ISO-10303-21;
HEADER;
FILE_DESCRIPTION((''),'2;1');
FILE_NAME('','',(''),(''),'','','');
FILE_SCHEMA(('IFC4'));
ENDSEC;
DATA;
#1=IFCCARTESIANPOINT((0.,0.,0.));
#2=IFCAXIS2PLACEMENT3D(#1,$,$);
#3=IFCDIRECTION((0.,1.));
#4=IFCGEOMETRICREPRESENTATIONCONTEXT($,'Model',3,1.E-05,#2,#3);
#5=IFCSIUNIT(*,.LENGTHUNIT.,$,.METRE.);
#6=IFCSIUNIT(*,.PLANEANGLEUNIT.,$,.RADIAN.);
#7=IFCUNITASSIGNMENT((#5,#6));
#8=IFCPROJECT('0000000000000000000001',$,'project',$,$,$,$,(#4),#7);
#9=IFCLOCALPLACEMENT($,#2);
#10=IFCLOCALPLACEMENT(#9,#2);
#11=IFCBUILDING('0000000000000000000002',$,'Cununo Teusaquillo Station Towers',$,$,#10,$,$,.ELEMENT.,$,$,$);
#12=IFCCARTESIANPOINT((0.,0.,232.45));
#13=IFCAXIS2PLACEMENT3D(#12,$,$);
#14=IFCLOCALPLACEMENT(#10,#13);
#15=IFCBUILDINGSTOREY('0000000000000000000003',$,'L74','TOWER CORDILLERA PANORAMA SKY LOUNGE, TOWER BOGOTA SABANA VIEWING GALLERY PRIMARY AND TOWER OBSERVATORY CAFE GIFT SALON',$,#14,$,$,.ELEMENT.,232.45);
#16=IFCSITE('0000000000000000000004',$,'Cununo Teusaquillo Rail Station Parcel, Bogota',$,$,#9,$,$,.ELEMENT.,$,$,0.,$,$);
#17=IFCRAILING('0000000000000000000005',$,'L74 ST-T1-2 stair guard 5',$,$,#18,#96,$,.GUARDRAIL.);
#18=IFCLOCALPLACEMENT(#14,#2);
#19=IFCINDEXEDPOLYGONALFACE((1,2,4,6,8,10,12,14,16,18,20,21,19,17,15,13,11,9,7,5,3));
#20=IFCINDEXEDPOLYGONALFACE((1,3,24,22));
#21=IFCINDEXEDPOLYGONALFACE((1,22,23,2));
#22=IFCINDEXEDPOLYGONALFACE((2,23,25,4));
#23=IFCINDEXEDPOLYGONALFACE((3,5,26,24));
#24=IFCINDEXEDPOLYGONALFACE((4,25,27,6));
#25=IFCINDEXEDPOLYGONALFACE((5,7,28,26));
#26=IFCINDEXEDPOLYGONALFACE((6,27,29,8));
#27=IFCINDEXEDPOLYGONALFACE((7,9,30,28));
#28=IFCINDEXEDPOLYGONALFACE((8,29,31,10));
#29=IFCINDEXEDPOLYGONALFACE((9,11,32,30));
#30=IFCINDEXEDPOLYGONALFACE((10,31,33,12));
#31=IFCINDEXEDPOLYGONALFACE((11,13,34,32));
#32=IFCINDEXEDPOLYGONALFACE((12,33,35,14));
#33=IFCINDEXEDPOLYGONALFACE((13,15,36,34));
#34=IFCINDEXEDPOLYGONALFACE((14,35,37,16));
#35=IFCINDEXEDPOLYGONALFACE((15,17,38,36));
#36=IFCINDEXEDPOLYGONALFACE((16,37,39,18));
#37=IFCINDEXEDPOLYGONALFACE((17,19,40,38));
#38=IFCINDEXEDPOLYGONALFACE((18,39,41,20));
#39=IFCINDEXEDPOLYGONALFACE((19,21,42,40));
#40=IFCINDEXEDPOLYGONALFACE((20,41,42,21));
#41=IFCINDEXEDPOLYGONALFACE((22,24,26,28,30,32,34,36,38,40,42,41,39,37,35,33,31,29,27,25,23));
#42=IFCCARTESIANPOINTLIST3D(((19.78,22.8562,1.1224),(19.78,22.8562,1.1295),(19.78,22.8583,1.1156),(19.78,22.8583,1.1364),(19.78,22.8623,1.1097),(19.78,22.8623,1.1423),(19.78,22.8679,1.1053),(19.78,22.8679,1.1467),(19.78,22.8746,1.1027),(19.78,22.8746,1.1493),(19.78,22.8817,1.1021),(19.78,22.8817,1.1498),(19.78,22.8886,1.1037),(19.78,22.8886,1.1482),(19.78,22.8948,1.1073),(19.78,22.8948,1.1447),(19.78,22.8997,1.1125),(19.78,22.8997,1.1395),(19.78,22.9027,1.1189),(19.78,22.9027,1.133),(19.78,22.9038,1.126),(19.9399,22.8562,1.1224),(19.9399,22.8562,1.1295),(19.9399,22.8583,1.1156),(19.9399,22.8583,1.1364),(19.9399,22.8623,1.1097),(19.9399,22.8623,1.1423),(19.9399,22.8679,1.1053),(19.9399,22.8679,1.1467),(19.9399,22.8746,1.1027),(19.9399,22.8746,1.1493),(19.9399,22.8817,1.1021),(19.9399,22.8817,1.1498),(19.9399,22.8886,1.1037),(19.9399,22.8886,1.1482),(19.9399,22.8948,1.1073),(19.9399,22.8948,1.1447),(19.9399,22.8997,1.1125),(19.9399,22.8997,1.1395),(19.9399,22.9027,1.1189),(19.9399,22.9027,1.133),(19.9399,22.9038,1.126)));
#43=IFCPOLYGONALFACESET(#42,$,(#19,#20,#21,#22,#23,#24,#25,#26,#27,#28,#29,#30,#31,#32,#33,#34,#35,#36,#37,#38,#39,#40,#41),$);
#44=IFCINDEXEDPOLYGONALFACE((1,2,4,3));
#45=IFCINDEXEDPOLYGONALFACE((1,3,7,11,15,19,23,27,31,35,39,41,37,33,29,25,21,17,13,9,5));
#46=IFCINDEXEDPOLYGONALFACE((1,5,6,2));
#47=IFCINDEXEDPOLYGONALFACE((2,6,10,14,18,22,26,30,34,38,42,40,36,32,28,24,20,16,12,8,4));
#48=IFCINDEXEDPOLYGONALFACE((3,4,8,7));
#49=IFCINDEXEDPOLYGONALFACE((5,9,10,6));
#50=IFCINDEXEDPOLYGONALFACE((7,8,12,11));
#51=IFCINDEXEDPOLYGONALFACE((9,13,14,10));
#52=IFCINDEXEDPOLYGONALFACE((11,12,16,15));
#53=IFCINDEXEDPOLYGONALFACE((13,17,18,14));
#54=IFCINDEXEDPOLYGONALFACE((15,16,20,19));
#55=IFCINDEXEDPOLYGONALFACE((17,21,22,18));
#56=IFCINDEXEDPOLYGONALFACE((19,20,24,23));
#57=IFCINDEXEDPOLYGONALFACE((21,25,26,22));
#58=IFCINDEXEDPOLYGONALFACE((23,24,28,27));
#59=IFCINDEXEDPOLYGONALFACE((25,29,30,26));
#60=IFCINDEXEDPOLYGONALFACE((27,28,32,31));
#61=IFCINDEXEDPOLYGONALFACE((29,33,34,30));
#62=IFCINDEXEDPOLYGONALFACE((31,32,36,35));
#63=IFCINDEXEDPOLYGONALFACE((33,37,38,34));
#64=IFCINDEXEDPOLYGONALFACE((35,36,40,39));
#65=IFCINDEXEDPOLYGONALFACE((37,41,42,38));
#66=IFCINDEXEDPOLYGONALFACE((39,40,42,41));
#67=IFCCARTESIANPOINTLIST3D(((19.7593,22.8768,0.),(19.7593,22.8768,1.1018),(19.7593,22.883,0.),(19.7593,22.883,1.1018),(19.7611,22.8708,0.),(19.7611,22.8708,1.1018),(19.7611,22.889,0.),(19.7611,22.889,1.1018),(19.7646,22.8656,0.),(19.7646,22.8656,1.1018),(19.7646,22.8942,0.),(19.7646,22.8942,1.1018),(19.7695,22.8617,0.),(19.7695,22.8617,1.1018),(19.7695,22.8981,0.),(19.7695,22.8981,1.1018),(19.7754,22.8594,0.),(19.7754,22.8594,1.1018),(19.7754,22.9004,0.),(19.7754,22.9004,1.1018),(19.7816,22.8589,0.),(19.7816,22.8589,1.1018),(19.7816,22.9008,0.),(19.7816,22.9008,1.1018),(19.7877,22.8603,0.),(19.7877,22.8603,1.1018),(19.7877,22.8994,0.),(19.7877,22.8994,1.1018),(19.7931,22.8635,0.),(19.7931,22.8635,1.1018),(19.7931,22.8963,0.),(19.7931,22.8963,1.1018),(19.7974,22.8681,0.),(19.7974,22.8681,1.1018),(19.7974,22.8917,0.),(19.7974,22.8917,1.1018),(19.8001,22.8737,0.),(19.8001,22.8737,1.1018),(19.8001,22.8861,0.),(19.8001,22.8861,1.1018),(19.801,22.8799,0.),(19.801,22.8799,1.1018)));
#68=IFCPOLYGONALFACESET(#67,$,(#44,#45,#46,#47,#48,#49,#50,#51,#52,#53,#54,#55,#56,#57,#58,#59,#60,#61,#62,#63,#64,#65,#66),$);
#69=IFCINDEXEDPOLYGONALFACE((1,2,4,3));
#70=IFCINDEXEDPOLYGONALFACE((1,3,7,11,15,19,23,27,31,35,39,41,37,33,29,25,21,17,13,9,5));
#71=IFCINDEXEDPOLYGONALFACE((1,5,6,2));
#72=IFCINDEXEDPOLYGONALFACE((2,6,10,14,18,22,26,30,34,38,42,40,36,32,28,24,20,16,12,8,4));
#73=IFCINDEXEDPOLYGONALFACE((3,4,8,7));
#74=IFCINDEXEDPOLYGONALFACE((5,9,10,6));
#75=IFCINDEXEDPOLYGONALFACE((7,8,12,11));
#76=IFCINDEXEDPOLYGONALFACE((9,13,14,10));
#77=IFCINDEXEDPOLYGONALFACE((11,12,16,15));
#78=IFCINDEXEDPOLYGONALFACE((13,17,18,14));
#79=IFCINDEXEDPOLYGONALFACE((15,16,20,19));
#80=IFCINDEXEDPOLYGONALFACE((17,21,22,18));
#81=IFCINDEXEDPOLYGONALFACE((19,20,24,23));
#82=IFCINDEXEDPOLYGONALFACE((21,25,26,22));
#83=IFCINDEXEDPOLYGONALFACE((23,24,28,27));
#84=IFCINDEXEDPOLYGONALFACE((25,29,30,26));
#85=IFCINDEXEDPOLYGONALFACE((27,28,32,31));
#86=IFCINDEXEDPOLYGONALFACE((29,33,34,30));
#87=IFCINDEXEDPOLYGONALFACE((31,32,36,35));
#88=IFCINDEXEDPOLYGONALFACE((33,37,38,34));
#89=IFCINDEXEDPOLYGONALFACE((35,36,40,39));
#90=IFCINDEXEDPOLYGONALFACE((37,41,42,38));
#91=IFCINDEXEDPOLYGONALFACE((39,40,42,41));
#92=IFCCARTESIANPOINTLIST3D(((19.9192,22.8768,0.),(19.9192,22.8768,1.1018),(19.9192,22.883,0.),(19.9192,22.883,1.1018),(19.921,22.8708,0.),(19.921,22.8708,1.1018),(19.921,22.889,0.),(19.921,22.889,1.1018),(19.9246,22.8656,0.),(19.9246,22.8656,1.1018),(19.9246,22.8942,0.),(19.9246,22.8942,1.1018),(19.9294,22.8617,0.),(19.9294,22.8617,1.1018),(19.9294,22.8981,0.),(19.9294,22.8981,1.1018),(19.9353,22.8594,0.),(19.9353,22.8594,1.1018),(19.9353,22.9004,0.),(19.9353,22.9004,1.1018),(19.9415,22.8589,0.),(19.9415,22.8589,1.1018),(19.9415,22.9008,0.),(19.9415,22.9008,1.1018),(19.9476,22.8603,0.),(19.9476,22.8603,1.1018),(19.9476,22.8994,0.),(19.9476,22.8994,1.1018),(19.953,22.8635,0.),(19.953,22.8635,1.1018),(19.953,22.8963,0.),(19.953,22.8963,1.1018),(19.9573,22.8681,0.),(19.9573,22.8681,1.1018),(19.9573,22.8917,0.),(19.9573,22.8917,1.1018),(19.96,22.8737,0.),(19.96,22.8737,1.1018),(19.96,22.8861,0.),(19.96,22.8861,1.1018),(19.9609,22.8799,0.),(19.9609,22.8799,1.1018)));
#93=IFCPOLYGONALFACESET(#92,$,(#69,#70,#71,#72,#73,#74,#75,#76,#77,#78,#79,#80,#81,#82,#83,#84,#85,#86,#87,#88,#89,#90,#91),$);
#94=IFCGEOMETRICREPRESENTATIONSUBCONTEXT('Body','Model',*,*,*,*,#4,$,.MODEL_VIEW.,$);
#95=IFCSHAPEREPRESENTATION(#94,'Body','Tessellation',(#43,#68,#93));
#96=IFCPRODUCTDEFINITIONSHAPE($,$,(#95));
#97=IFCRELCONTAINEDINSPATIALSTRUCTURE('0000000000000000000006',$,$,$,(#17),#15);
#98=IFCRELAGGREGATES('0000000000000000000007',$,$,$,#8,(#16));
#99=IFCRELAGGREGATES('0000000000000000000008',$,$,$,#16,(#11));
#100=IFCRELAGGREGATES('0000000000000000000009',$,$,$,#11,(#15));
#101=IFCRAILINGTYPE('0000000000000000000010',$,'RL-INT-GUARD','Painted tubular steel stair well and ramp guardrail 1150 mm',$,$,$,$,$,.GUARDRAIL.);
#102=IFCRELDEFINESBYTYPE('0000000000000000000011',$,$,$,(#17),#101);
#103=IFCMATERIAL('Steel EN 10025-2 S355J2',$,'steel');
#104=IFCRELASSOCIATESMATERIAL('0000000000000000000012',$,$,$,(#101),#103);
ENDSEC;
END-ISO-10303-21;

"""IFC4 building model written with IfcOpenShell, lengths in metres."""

from ifc_helpers import new_model, si_unit, direction, frame, origin, origin_2d, place, context, subcontext, project, spatial, circle, extrude, material, type_object, element, save


model = new_model("IFC4")

# Units and contexts
model_context = context("Model", 3, precision=1e-05, world=origin(), true_north=direction((0.0, 1.0)))
body_context = subcontext(model_context, "Body", "Model", "MODEL_VIEW")
ifc_project = project(units=[si_unit("LENGTHUNIT", "METRE"), si_unit("PLANEANGLEUNIT", "RADIAN")], contexts=[model_context])

# Site, building, storey
site_placement = place(None, origin())
site = spatial("IfcSite", under=ifc_project, at=site_placement, Name="Cununo Teusaquillo Rail Station Parcel, Bogota", CompositionType="ELEMENT", RefElevation=0.0)
building_placement = place(site_placement, origin())
building = spatial("IfcBuilding", under=site, at=building_placement, Name="Cununo Teusaquillo Station Towers", CompositionType="ELEMENT")
storey_placement = place(building_placement, frame((0.0, 0.0, 232.45)))
storey = spatial("IfcBuildingStorey", under=building, at=storey_placement, Name="L74", Description="TOWER CORDILLERA PANORAMA SKY LOUNGE, TOWER BOGOTA SABANA VIEWING GALLERY PRIMARY AND TOWER OBSERVATORY CAFE GIFT SALON", CompositionType="ELEMENT", Elevation=232.45)

# Railing
ifc_material_1 = material(Name="Steel EN 10025-2 S355J2", Category="steel")
railing_type_1 = type_object("IfcRailingType", Name="RL-INT-GUARD", Description="Painted tubular steel stair well and ramp guardrail 1150 mm", PredefinedType="GUARDRAIL", material=ifc_material_1)
railing_1_placement = place(storey_placement, frame((19.78, 22.8799, 0.0)))
element("IfcRailing", 1, at=railing_1_placement, inside=storey, type_object=railing_type_1, Name="L74 ST-T1-2 stair guard 5", PredefinedType="GUARDRAIL", context=body_context, shape_type="SweptSolid", body=[
    extrude(circle(Radius=0.0239, at=origin_2d()), frame((0.0, 0.0, 1.126), z_axis=(1.0, 0.0, 0.0), x_axis=(0.0, 1.0, 0.0)), (0.0, 0.0, 1.0), 0.1599),
    extrude(circle(Radius=0.021, at=origin_2d()), origin(), (0.0, 0.0, 1.0), 1.1018),
    extrude(circle(Radius=0.021, at=origin_2d()), frame((0.1599, 0.0, 0.0)), (0.0, 0.0, 1.0), 1.1018),
])

save(model, "model.ifc")
